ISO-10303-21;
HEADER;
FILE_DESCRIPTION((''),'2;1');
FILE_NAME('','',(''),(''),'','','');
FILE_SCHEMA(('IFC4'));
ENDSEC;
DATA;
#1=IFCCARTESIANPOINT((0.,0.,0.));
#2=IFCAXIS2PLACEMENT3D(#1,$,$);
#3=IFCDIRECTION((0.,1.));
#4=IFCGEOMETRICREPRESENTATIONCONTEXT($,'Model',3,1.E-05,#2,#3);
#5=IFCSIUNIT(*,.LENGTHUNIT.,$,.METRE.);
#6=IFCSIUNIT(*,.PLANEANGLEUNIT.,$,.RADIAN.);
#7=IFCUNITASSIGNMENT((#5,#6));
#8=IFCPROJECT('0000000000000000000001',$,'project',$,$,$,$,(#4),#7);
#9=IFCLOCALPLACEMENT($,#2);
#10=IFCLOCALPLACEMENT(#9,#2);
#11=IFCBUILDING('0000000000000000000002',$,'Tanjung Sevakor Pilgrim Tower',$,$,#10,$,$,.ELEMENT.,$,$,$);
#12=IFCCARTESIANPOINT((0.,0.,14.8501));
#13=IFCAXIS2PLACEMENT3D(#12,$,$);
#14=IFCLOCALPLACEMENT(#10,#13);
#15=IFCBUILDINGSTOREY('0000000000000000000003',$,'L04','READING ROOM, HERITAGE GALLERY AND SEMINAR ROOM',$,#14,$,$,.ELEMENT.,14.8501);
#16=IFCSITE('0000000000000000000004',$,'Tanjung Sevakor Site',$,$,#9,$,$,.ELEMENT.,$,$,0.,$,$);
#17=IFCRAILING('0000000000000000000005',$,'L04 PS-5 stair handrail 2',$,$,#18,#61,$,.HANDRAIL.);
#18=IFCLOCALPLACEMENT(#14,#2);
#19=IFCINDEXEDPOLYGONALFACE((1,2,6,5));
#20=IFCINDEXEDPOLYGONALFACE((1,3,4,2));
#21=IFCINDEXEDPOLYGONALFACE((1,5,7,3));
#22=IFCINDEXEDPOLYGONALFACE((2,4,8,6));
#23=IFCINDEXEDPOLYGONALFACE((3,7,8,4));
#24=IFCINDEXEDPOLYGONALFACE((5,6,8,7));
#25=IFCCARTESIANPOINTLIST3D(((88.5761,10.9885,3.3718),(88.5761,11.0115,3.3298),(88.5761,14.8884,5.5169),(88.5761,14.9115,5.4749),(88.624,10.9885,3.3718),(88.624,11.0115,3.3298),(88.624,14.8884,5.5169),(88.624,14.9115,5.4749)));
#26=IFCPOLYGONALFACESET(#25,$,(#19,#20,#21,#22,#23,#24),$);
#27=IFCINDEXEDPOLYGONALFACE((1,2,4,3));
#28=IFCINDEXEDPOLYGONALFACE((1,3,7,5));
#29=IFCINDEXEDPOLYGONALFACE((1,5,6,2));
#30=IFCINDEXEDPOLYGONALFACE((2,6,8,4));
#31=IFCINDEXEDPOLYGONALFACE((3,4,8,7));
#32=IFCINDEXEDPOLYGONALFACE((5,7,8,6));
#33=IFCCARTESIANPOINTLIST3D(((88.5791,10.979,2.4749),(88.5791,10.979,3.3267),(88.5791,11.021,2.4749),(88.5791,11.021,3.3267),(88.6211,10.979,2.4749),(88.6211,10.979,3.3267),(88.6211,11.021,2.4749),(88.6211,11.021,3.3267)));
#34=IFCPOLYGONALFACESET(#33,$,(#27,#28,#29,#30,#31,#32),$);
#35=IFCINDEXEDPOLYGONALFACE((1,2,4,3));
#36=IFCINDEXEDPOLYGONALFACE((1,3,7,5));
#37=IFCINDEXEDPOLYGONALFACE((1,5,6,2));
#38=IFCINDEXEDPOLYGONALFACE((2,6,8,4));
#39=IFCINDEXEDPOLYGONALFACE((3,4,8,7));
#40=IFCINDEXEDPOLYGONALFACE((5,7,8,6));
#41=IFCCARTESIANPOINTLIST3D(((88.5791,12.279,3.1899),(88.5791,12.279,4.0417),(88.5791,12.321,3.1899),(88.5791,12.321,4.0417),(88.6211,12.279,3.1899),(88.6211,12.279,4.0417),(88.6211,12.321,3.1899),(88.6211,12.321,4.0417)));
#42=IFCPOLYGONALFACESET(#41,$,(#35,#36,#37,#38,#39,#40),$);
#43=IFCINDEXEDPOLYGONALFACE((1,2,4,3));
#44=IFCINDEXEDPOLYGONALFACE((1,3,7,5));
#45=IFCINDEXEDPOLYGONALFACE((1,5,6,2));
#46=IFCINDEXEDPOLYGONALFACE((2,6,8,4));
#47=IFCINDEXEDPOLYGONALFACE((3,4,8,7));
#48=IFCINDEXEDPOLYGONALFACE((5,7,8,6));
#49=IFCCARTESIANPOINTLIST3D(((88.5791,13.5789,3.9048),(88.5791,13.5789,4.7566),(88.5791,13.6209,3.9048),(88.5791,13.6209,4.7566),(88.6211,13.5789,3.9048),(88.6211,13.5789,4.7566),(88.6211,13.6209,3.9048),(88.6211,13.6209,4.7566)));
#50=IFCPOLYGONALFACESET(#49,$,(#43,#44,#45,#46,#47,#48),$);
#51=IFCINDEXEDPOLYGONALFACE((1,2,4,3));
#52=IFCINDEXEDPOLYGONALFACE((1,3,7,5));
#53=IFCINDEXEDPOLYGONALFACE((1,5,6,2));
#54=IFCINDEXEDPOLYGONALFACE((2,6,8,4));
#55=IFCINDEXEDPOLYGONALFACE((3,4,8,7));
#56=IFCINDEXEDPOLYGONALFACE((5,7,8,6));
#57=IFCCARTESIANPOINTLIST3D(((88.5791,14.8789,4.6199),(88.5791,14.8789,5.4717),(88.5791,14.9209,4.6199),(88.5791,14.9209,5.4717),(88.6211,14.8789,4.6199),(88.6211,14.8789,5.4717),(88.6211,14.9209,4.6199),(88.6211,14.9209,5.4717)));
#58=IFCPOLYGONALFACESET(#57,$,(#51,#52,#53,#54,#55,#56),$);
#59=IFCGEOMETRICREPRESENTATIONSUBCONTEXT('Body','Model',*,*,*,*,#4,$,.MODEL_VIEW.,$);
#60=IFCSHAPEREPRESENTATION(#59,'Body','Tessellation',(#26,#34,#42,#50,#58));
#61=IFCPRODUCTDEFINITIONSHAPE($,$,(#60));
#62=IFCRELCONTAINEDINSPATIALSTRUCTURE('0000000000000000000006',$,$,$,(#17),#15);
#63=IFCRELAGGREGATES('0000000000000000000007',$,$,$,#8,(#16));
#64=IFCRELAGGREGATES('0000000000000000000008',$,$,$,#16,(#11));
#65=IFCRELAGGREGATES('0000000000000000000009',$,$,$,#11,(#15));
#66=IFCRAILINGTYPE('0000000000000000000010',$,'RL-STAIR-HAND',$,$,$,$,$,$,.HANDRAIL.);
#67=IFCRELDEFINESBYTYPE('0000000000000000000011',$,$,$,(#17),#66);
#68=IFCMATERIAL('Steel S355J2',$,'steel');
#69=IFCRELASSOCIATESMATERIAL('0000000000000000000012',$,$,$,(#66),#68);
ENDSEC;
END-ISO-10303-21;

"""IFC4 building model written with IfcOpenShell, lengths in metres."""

from ifc_helpers import new_model, si_unit, direction, frame, origin, place, context, subcontext, project, spatial, rectangle, extrude, material, type_object, element, save


model = new_model("IFC4")

# Units and contexts
model_context = context("Model", 3, precision=1e-05, world=origin(), true_north=direction((0.0, 1.0)))
body_context = subcontext(model_context, "Body", "Model", "MODEL_VIEW")
ifc_project = project(units=[si_unit("LENGTHUNIT", "METRE"), si_unit("PLANEANGLEUNIT", "RADIAN")], contexts=[model_context])

# Site, building, storey
site_placement = place(None, origin())
site = spatial("IfcSite", under=ifc_project, at=site_placement, Name="Tanjung Sevakor Site", CompositionType="ELEMENT", RefElevation=0.0)
building_placement = place(site_placement, origin())
building = spatial("IfcBuilding", under=site, at=building_placement, Name="Tanjung Sevakor Pilgrim Tower", CompositionType="ELEMENT")
storey_placement = place(building_placement, frame((0.0, 0.0, 14.8501)))
storey = spatial("IfcBuildingStorey", under=building, at=storey_placement, Name="L04", Description="READING ROOM, HERITAGE GALLERY AND SEMINAR ROOM", CompositionType="ELEMENT", Elevation=14.8501)

# Railing
ifc_material_1 = material(Name="Steel S355J2", Category="steel")
railing_type_1 = type_object("IfcRailingType", Name="RL-STAIR-HAND", PredefinedType="HANDRAIL", material=ifc_material_1)
railing_1_placement = place(storey_placement, frame((88.6001, 11.0, 2.4749)))
element("IfcRailing", 1, at=railing_1_placement, inside=storey, type_object=railing_type_1, Name="L04 PS-5 stair handrail 2", PredefinedType="HANDRAIL", context=body_context, shape_type="SweptSolid", body=[
    extrude(rectangle(XDim=0.0479, YDim=0.0479), frame((0.0, 0.0, 0.876), z_axis=(0.0, 0.876209, 0.481931), x_axis=(-1.0, 0.0, 0.0)), (0.0, 0.0, 1.0), 4.4509),
    extrude(rectangle(XDim=0.042, YDim=0.042), origin(), (0.0, 0.0, 1.0), 0.8518),
    extrude(rectangle(XDim=0.042, YDim=0.042), frame((0.0, 1.3, 0.7151)), (0.0, 0.0, 1.0), 0.8518),
    extrude(rectangle(XDim=0.042, YDim=0.042), frame((0.0, 2.5999, 1.4299)), (0.0, 0.0, 1.0), 0.8518),
    extrude(rectangle(XDim=0.042, YDim=0.042), frame((0.0, 3.8999, 2.145)), (0.0, 0.0, 1.0), 0.8518),
])

save(model, "model.ifc")
